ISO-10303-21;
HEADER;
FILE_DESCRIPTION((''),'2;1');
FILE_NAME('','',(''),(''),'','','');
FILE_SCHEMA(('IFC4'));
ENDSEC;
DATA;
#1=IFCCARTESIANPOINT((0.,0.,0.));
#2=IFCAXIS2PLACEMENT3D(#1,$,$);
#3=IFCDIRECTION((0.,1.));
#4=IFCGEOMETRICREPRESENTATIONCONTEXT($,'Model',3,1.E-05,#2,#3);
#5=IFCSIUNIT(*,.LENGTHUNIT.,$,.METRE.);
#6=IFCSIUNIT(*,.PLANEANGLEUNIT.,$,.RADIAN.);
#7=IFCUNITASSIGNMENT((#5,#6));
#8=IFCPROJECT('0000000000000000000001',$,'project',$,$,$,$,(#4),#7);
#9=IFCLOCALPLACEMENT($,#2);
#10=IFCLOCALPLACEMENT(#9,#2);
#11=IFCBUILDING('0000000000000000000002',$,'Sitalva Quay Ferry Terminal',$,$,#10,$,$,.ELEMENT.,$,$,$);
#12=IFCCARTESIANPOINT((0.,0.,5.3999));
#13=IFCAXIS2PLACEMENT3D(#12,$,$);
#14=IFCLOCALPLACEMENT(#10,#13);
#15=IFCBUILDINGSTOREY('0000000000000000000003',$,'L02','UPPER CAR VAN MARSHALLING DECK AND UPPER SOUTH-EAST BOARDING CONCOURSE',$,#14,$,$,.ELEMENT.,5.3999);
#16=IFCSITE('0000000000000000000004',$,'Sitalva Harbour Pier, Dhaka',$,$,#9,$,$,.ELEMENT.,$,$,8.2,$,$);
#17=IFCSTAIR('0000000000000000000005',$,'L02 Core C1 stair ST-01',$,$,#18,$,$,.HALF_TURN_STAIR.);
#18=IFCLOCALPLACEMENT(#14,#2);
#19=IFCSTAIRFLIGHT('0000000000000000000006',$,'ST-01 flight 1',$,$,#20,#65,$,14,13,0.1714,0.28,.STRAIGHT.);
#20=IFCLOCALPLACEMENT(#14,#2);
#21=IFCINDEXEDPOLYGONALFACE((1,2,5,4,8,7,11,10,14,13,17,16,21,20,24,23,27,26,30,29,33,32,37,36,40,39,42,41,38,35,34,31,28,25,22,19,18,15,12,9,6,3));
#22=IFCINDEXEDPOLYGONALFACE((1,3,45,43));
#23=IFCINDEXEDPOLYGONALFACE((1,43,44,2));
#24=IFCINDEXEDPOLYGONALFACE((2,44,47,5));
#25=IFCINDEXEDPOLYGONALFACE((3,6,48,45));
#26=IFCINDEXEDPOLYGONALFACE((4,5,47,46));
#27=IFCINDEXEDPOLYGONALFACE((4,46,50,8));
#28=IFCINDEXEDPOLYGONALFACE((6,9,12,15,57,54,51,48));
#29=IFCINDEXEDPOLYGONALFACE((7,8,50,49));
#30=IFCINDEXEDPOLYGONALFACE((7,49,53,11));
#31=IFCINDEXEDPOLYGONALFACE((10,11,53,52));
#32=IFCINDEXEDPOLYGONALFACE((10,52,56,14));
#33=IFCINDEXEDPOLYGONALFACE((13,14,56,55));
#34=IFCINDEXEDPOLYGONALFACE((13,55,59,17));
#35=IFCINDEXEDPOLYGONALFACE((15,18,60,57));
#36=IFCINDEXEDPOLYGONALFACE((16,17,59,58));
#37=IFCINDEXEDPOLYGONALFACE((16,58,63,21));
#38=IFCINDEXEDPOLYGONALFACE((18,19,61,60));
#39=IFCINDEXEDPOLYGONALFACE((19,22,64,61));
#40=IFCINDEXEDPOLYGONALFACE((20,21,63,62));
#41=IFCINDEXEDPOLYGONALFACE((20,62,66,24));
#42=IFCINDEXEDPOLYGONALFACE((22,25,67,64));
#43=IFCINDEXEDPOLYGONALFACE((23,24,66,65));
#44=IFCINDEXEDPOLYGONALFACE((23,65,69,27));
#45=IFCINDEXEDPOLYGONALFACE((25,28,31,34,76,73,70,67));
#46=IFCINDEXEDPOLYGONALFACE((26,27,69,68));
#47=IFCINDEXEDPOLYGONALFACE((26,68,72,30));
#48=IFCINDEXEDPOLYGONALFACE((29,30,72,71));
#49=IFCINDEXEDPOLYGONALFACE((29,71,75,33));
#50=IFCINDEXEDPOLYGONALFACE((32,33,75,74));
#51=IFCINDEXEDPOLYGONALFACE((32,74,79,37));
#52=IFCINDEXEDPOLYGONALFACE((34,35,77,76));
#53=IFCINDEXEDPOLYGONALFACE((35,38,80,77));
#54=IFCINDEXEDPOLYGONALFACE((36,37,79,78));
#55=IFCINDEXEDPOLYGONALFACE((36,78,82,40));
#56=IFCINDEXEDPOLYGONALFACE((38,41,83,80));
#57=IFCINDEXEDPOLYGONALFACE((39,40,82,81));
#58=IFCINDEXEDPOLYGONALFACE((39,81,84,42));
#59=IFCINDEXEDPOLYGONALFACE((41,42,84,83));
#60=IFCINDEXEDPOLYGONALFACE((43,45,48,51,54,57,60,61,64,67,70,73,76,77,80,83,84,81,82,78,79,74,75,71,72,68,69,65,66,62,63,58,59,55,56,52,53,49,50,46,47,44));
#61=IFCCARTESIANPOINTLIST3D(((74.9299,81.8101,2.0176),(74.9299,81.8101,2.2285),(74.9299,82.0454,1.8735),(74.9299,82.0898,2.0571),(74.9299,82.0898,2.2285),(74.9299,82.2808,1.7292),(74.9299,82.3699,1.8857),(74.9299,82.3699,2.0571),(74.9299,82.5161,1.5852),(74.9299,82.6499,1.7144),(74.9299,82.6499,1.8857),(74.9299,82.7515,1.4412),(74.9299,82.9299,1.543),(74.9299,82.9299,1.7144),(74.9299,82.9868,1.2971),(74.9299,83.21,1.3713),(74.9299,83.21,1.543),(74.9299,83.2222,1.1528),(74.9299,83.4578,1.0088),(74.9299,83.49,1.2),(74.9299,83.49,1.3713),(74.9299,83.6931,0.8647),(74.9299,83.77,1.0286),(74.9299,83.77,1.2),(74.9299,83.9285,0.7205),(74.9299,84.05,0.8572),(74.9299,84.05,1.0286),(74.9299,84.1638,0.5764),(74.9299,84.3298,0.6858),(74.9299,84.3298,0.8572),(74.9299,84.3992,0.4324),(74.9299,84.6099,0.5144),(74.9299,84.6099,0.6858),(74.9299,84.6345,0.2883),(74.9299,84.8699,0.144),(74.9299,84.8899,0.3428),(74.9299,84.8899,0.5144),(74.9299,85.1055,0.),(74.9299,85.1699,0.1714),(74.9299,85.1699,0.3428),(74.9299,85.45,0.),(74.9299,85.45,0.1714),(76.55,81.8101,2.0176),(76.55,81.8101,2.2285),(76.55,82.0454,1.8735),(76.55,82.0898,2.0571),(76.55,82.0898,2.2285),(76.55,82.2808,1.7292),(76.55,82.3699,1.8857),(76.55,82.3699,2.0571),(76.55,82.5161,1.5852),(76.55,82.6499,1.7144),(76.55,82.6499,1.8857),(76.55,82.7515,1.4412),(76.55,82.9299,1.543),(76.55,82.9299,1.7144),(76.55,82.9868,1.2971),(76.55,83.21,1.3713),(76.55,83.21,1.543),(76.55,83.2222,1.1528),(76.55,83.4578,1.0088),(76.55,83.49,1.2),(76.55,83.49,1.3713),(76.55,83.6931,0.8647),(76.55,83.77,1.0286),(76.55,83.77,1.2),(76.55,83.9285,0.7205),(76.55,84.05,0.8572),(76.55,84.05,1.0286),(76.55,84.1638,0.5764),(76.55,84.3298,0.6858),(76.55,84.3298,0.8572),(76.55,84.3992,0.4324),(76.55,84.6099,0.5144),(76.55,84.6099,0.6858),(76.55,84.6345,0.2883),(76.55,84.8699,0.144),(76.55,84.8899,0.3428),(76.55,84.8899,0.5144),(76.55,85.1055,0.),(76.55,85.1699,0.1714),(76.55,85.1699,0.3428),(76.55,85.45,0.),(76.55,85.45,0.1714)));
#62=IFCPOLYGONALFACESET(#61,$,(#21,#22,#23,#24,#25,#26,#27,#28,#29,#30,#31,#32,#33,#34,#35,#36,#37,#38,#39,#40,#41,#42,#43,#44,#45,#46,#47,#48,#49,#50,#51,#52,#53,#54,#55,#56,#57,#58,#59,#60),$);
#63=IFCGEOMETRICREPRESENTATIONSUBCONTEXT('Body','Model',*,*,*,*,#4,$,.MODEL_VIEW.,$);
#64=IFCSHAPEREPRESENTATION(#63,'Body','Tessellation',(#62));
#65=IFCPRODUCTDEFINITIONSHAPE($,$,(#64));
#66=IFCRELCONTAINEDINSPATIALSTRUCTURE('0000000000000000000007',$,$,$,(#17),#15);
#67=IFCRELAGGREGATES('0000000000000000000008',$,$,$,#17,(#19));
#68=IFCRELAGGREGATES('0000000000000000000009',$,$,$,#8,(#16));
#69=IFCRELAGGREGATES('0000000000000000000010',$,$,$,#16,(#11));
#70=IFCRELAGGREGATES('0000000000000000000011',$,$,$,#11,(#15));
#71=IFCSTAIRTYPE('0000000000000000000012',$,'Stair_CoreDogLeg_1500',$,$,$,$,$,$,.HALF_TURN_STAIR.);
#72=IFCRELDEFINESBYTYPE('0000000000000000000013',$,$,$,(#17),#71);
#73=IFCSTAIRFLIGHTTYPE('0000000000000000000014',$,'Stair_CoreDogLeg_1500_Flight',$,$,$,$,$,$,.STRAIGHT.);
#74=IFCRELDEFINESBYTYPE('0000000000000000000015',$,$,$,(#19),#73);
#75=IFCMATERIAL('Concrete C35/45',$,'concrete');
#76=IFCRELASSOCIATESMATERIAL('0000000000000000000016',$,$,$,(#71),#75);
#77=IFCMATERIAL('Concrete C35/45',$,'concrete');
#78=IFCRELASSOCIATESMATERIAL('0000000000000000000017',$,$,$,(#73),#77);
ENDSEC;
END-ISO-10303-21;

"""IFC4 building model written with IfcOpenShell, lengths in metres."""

from ifc_helpers import new_model, si_unit, direction, frame, origin, place, context, subcontext, project, spatial, polyline, outline, extrude, material, type_object, element, aggregate, save


model = new_model("IFC4")

# Units and contexts
model_context = context("Model", 3, precision=1e-05, world=origin(), true_north=direction((0.0, 1.0)))
body_context = subcontext(model_context, "Body", "Model", "MODEL_VIEW")
ifc_project = project(units=[si_unit("LENGTHUNIT", "METRE"), si_unit("PLANEANGLEUNIT", "RADIAN")], contexts=[model_context])

# Site, building, storey
site_placement = place(None, origin())
site = spatial("IfcSite", under=ifc_project, at=site_placement, Name="Sitalva Harbour Pier, Dhaka", CompositionType="ELEMENT", RefElevation=8.2)
building_placement = place(site_placement, origin())
building = spatial("IfcBuilding", under=site, at=building_placement, Name="Sitalva Quay Ferry Terminal", CompositionType="ELEMENT")
storey_placement = place(building_placement, frame((0.0, 0.0, 5.3999)))
storey = spatial("IfcBuildingStorey", under=building, at=storey_placement, Name="L02", Description="UPPER CAR VAN MARSHALLING DECK AND UPPER SOUTH-EAST BOARDING CONCOURSE", CompositionType="ELEMENT", Elevation=5.3999)

# Stair, stair flight
ifc_material_1 = material(Name="Concrete C35/45", Category="concrete")
stair_type = type_object("IfcStairType", Name="Stair_CoreDogLeg_1500", PredefinedType="HALF_TURN_STAIR", material=ifc_material_1)
stair_placement = place(storey_placement, origin())
stair = element("IfcStair", 1, at=stair_placement, inside=storey, type_object=stair_type, Name="L02 Core C1 stair ST-01", PredefinedType="HALF_TURN_STAIR")
ifc_material_2 = material(Name="Concrete C35/45", Category="concrete")
stair_flight_type = type_object("IfcStairFlightType", Name="Stair_CoreDogLeg_1500_Flight", PredefinedType="STRAIGHT", material=ifc_material_2)
stair_flight_placement = place(storey_placement, frame((75.74, 85.45, 0.0), z_axis=(0.0, 0.0, 1.0), x_axis=(0.0, -1.0, 0.0)))
stair_flight = element("IfcStairFlight", 2, at=stair_flight_placement, type_object=stair_flight_type, Name="ST-01 flight 1", NumberOfRisers=14, NumberOfTreads=13, PredefinedType="STRAIGHT", RiserHeight=0.1714, TreadLength=0.28, context=body_context, shape_type="SweptSolid", body=[
    extrude(outline(polyline([(0.0, 0.0), (0.0, 0.1714), (0.28, 0.1714), (0.28, 0.3428), (0.5601, 0.3428), (0.5601, 0.5144), (0.8401, 0.5144), (0.8401, 0.6858), (1.1201, 0.6858), (1.1201, 0.8572), (1.3999, 0.8572), (1.3999, 1.0286), (1.6799, 1.0286), (1.6799, 1.2), (1.96, 1.2), (1.96, 1.3713), (2.24, 1.3713), (2.24, 1.543), (2.52, 1.543), (2.52, 1.7144), (2.8, 1.7144), (2.8, 1.8857), (3.0801, 1.8857), (3.0801, 2.0571), (3.3601, 2.0571), (3.3601, 2.2285), (3.6399, 2.2285), (3.6399, 2.3999), (3.6399, 2.0176), (3.4045, 1.8735), (3.1692, 1.7292), (2.9338, 1.5852), (2.6985, 1.4412), (2.4631, 1.2971), (2.2278, 1.1528), (1.9922, 1.0088), (1.7568, 0.8647), (1.5215, 0.7205), (1.2861, 0.5764), (1.0508, 0.4324), (0.8154, 0.2883), (0.5801, 0.144), (0.3445, 0.0), (0.0, 0.0)])), frame((0.0, 0.8101, 0.0), z_axis=(0.0, -1.0, 0.0), x_axis=(1.0, 0.0, 0.0)), (0.0, 0.0, 1.0), 1.6201),
])
aggregate(stair, [stair_flight])

save(model, "model.ifc")
